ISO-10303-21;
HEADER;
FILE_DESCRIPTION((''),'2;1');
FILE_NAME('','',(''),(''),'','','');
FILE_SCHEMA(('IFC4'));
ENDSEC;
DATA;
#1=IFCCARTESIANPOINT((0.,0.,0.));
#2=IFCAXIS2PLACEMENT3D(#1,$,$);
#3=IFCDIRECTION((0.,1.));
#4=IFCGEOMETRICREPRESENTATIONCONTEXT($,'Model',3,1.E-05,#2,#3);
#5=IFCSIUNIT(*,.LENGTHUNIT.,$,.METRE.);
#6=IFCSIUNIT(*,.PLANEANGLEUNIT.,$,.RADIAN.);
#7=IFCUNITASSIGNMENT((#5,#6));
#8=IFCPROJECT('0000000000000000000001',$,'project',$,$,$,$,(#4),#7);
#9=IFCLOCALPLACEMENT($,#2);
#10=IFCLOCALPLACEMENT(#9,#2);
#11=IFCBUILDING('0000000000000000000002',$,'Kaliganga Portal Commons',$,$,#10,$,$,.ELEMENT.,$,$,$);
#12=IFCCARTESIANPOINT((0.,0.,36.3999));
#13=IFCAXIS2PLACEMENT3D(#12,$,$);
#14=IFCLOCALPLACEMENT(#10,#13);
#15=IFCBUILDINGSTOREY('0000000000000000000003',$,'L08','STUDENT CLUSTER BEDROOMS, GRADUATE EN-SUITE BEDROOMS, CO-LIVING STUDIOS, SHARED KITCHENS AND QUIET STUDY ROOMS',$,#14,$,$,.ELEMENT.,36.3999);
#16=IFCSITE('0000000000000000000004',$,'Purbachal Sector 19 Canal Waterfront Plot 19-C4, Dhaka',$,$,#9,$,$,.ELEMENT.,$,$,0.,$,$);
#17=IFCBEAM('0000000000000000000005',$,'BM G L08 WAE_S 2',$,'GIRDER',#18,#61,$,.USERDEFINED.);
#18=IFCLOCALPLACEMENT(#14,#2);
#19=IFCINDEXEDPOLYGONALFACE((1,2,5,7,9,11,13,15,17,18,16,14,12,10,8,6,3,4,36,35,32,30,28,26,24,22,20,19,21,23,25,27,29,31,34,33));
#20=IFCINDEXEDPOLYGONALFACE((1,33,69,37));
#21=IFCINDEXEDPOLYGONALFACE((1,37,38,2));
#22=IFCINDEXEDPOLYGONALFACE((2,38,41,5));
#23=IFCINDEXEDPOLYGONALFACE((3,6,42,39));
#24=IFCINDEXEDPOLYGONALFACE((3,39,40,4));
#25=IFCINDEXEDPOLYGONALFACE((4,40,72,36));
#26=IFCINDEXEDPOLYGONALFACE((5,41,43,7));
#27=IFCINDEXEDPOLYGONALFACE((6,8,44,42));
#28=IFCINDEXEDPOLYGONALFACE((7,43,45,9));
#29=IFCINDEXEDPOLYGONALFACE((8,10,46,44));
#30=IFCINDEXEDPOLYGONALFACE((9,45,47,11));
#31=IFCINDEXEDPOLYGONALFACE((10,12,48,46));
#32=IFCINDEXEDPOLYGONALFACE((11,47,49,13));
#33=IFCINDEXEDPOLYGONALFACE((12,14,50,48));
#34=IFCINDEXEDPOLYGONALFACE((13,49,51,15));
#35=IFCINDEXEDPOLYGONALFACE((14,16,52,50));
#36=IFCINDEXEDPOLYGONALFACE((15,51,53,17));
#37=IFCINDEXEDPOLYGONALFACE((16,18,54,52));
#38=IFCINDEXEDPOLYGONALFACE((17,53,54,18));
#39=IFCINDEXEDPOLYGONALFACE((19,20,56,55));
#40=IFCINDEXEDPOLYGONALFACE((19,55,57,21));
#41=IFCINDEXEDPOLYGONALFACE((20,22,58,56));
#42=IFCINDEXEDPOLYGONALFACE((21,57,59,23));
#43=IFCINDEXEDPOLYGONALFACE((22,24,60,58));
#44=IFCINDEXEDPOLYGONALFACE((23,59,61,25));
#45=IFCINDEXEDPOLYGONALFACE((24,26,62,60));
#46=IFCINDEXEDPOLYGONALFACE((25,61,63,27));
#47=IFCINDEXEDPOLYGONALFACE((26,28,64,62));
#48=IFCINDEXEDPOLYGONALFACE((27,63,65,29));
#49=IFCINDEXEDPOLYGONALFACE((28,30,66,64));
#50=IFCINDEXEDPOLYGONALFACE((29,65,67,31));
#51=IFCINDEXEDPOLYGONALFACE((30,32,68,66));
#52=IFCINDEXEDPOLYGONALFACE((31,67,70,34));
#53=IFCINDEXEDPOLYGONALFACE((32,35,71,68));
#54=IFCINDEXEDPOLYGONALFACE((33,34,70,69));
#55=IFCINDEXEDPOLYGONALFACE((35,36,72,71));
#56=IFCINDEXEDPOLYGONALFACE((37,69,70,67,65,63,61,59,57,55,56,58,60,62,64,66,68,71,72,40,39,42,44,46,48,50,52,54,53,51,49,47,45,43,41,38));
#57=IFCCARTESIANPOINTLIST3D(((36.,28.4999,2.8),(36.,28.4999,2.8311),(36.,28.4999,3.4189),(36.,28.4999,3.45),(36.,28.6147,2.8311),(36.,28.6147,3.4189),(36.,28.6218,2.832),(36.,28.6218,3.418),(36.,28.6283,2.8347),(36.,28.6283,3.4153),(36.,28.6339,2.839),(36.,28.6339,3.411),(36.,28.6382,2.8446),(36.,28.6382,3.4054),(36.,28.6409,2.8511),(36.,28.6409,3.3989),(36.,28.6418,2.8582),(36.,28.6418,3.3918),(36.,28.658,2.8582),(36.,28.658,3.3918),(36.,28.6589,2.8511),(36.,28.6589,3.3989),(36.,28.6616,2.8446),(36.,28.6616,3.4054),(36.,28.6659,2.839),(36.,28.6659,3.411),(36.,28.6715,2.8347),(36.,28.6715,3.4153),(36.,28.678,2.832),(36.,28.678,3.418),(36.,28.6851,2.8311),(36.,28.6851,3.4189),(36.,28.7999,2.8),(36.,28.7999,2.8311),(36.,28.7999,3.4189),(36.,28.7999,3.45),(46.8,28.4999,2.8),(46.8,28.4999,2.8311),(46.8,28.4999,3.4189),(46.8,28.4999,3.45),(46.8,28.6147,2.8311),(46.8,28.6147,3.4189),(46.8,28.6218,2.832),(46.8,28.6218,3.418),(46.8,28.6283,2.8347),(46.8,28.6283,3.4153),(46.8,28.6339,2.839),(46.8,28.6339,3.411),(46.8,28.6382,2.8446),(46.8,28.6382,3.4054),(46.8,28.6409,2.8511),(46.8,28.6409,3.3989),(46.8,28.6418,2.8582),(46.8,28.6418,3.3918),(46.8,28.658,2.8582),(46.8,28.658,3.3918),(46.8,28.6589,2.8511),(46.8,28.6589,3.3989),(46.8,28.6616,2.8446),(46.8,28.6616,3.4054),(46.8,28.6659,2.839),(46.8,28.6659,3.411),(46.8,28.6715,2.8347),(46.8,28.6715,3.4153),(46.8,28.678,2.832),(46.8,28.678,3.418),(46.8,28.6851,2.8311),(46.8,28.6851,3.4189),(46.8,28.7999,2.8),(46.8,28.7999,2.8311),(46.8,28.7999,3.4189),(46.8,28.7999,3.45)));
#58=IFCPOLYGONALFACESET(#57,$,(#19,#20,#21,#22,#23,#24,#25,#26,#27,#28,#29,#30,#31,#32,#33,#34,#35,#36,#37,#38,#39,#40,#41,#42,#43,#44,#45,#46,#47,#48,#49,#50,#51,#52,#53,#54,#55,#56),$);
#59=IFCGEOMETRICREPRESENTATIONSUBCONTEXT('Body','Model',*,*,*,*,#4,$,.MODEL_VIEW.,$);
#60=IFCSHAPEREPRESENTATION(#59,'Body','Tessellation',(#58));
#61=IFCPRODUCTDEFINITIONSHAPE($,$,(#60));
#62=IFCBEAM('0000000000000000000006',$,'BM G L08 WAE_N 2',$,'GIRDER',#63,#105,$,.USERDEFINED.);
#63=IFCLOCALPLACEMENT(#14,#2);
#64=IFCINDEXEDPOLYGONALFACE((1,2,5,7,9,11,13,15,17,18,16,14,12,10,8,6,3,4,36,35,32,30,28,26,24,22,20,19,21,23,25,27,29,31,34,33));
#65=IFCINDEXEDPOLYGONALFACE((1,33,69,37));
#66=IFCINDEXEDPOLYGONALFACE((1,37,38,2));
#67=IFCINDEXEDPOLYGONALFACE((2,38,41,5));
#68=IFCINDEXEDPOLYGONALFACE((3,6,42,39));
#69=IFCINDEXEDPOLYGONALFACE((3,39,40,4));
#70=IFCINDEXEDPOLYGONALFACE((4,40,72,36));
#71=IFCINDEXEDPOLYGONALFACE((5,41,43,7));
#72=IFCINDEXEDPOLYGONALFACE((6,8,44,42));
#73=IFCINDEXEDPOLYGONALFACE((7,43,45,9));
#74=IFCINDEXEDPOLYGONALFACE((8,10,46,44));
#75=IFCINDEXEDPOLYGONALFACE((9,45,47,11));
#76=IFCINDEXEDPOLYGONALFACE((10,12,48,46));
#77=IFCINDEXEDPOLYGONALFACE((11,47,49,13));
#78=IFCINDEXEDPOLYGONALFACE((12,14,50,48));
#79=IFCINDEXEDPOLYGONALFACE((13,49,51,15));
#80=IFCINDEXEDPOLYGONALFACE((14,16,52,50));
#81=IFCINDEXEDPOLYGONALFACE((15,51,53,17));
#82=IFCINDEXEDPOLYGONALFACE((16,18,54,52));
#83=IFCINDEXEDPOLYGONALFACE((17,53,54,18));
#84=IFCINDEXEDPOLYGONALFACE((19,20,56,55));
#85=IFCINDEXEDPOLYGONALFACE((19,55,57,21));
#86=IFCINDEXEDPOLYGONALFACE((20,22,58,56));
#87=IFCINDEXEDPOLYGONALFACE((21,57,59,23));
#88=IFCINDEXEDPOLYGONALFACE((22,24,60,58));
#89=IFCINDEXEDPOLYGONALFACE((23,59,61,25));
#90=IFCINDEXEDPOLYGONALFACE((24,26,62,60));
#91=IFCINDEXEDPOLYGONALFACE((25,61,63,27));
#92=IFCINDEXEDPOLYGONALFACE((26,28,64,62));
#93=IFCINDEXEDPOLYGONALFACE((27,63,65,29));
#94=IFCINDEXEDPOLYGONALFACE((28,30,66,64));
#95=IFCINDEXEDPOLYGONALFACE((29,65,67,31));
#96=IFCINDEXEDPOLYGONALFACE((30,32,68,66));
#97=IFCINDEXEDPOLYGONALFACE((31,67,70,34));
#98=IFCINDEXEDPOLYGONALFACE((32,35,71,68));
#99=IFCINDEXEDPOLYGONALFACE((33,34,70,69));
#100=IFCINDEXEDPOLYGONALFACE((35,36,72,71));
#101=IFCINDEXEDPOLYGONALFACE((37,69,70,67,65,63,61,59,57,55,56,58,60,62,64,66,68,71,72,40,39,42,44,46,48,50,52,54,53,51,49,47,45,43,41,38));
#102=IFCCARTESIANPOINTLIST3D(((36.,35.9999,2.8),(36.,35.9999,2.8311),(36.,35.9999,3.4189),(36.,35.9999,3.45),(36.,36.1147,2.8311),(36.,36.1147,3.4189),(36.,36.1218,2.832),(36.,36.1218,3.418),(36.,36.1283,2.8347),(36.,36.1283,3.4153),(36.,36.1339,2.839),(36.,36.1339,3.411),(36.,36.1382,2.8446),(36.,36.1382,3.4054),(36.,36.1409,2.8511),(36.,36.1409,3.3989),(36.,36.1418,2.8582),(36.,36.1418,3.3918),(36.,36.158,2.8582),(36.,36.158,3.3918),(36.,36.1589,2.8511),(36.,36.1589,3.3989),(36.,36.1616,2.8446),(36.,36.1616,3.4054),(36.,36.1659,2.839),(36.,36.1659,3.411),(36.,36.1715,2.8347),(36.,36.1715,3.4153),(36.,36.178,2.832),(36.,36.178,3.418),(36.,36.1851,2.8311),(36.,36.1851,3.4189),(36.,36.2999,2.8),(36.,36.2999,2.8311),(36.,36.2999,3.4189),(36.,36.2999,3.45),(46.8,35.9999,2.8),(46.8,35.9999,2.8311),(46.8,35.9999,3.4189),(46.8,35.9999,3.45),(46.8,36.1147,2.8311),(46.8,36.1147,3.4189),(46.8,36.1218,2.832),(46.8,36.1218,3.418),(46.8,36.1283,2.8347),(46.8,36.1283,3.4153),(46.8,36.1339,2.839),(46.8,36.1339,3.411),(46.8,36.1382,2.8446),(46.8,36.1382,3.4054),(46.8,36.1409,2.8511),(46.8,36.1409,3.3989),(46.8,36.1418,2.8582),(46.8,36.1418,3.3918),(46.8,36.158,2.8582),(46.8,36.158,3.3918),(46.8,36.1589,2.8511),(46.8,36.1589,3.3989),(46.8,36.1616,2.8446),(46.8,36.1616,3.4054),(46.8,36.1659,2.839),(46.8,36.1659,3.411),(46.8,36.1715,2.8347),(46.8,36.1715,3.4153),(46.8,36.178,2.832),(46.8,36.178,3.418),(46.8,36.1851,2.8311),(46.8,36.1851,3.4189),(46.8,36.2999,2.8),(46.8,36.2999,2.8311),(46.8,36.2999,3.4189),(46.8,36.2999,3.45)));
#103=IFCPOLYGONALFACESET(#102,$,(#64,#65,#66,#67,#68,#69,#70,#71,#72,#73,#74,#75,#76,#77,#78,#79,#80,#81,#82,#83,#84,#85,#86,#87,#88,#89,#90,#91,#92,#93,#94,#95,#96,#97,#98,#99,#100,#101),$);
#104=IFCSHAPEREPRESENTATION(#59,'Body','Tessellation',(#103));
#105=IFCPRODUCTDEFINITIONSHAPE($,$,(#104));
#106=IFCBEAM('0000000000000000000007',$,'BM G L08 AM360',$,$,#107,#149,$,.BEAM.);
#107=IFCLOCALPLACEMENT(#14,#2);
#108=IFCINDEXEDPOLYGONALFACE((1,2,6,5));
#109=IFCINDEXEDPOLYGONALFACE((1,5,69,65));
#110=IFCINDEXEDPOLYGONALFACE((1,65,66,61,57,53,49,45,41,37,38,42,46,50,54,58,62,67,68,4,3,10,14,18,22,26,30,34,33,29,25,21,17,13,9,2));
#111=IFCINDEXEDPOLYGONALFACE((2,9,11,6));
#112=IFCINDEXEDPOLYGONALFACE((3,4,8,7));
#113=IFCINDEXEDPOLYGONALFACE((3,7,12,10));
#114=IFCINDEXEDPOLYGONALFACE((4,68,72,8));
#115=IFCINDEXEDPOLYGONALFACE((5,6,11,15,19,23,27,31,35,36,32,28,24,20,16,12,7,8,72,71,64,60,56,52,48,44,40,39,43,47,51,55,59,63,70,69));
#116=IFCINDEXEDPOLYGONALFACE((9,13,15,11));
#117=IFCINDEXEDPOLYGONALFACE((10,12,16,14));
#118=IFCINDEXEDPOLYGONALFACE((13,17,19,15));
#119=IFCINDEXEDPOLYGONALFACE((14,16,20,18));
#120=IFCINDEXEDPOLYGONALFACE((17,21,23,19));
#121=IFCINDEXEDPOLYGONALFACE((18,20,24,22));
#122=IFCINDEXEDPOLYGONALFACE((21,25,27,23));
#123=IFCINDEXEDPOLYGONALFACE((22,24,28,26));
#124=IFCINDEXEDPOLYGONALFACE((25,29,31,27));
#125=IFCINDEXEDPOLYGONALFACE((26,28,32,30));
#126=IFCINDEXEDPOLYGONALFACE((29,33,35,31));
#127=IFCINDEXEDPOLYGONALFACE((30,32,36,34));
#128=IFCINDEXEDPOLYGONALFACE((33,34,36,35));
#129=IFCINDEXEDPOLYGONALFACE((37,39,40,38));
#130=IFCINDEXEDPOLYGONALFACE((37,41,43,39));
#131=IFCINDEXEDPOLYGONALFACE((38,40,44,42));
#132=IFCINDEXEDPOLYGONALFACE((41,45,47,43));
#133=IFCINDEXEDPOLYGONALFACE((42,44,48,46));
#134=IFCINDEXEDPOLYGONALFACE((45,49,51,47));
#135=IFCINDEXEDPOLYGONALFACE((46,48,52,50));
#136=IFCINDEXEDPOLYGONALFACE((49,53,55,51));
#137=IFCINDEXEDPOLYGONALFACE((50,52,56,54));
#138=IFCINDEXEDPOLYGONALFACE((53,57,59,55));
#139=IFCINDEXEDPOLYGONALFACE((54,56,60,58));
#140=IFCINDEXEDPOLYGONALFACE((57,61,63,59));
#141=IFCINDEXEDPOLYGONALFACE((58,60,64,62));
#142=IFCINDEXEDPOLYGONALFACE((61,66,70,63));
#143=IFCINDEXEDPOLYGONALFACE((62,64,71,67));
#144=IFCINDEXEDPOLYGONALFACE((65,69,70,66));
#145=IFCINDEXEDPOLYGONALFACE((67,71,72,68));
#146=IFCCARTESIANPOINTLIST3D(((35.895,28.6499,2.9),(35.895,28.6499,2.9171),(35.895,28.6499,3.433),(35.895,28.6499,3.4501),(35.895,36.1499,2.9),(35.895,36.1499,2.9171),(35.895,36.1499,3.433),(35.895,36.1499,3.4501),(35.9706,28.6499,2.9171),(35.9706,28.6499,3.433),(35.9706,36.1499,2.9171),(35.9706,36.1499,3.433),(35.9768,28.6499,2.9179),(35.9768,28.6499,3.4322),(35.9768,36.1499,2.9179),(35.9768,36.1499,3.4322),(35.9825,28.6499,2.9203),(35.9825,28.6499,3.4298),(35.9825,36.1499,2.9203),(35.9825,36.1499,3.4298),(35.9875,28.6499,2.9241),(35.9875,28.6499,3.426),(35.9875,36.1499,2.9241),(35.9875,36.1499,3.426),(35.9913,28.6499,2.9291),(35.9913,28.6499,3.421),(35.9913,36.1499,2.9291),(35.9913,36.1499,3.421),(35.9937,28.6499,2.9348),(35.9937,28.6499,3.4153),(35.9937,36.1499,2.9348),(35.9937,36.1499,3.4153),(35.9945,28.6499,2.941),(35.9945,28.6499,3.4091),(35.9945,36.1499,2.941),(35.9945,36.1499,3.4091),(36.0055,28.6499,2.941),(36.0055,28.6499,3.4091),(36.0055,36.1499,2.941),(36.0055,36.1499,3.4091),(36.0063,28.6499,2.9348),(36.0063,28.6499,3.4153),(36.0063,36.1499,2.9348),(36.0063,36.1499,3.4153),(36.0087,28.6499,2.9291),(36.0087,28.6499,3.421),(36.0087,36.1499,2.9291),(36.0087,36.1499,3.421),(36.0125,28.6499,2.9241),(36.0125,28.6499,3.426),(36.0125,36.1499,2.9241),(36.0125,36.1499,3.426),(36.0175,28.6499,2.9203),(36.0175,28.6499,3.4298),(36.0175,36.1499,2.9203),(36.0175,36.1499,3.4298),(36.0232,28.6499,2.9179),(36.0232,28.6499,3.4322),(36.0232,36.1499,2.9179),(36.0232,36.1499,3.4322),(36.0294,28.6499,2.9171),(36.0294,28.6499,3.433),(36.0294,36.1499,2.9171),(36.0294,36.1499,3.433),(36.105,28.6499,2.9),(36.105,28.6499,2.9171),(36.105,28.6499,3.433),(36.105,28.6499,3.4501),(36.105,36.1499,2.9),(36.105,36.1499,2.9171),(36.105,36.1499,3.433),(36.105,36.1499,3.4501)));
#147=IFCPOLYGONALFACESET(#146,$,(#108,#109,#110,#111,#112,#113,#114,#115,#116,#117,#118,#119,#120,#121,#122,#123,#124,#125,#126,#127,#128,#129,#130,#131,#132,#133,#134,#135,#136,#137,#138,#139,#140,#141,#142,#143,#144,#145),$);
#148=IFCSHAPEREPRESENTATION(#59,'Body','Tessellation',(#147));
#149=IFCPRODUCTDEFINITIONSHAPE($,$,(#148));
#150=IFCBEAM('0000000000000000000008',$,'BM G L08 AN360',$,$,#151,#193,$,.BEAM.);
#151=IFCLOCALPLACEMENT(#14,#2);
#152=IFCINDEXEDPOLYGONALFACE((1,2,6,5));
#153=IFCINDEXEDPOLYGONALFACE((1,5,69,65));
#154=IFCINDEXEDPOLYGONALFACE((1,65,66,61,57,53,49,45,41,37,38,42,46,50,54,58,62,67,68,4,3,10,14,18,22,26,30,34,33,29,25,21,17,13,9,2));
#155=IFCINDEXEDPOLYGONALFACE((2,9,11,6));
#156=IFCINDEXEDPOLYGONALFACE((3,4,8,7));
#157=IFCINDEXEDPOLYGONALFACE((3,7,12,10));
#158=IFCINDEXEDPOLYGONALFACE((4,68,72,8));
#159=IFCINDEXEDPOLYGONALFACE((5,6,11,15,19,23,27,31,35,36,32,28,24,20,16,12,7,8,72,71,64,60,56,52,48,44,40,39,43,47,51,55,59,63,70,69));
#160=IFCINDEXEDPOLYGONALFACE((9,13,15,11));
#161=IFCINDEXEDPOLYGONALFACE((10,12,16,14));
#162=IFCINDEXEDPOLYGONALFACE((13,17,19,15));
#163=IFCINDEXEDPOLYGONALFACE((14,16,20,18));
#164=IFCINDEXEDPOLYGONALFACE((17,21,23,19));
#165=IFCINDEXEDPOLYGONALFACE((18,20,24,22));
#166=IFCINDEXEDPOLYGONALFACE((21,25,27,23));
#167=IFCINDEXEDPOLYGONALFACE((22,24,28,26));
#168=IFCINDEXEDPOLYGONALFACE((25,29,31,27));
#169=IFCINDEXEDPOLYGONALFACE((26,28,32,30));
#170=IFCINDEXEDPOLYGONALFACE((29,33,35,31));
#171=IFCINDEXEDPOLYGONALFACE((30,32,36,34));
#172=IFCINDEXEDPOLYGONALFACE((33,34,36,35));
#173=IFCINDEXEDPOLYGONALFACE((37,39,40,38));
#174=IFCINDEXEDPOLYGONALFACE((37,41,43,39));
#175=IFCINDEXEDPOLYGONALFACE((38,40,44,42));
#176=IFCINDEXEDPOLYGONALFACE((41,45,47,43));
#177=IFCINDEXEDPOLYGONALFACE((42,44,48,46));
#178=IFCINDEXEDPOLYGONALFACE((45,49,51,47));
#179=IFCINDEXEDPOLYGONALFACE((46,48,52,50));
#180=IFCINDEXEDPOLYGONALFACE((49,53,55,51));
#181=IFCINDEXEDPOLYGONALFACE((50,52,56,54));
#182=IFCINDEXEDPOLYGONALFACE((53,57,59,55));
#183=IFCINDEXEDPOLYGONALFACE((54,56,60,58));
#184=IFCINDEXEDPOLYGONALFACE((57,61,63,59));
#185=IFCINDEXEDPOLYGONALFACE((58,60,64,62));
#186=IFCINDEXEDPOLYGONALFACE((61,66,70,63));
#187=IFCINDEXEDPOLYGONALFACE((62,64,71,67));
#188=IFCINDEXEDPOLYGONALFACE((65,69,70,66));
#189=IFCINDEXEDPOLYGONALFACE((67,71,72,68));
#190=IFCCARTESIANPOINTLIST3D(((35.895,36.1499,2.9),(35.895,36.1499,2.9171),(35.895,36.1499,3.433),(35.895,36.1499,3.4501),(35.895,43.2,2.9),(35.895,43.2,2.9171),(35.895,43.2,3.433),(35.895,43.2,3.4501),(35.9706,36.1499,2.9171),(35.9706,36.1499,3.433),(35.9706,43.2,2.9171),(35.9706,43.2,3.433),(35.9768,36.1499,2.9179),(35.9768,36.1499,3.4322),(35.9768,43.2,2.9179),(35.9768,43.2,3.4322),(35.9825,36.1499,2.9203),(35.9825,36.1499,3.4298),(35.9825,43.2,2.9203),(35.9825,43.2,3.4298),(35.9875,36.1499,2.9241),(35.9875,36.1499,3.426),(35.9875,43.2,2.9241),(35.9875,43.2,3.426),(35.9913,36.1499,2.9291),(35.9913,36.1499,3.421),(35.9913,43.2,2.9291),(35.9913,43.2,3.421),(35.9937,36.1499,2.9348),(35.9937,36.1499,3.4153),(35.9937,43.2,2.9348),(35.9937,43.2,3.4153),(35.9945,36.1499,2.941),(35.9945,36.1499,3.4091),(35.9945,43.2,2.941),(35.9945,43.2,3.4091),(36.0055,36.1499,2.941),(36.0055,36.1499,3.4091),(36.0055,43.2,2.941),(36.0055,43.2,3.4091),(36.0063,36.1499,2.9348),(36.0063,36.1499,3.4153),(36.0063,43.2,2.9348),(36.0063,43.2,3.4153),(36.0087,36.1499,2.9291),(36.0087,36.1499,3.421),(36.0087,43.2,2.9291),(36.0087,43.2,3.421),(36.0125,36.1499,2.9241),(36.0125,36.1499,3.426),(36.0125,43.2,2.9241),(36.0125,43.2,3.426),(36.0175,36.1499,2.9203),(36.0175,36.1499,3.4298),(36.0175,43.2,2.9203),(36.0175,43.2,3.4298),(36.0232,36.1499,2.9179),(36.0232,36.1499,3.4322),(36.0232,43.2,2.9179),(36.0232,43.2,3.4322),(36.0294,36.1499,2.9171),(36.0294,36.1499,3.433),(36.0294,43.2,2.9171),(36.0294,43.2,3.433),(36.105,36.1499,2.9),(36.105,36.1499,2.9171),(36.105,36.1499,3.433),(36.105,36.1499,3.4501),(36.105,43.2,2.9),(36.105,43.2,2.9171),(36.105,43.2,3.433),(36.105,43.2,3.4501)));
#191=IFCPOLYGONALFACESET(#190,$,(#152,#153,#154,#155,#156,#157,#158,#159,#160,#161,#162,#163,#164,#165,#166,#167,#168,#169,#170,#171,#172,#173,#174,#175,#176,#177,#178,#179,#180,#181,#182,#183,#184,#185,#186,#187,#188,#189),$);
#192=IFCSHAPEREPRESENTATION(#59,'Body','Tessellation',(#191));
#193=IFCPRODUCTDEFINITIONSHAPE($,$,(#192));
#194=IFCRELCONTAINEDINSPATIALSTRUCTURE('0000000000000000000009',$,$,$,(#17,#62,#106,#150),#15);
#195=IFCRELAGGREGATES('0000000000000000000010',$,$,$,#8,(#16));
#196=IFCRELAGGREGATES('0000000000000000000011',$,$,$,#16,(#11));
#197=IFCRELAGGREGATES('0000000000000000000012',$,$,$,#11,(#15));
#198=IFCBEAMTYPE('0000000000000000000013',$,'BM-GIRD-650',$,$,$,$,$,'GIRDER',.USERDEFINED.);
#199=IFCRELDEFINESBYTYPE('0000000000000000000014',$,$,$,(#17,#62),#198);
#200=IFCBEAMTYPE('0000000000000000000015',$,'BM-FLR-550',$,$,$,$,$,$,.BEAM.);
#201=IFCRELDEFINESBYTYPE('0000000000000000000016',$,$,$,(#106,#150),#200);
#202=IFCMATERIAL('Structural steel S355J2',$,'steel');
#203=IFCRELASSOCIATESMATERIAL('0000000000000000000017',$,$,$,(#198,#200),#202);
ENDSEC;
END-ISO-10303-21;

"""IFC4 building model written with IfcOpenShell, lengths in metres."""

from ifc_helpers import new_model, si_unit, direction, frame, origin, origin_2d, place, context, subcontext, project, spatial, i_section, extrude, source, transform, mapped, material, material_profile, profile_set, type_object, element, save


model = new_model("IFC4")

# Units and contexts
model_context = context("Model", 3, precision=1e-05, world=origin(), true_north=direction((0.0, 1.0)))
body_context = subcontext(model_context, "Body", "Model", "MODEL_VIEW")
ifc_project = project(units=[si_unit("LENGTHUNIT", "METRE"), si_unit("PLANEANGLEUNIT", "RADIAN")], contexts=[model_context])

# Site, building, storey
site_placement = place(None, origin())
site = spatial("IfcSite", under=ifc_project, at=site_placement, Name="Purbachal Sector 19 Canal Waterfront Plot 19-C4, Dhaka", CompositionType="ELEMENT", RefElevation=0.0)
building_placement = place(site_placement, origin())
building = spatial("IfcBuilding", under=site, at=building_placement, Name="Kaliganga Portal Commons", CompositionType="ELEMENT")
storey_placement = place(building_placement, frame((0.0, 0.0, 36.3999)))
storey = spatial("IfcBuildingStorey", under=building, at=storey_placement, Name="L08", Description="STUDENT CLUSTER BEDROOMS, GRADUATE EN-SUITE BEDROOMS, CO-LIVING STUDIOS, SHARED KITCHENS AND QUIET STUDY ROOMS", CompositionType="ELEMENT", Elevation=36.3999)

# Beams
ifc_material_1 = material(Name="Structural steel S355J2", Category="steel")
ifc_material_profile_1 = material_profile(ifc_material_1, i_section(OverallWidth=0.3, OverallDepth=0.6499, WebThickness=0.0161, FlangeThickness=0.031, FilletRadius=0.0271, at=origin_2d()), Name="HE 650 B")
ifc_profile_set_1 = profile_set([ifc_material_profile_1], Name="Structural steel S355J2 wide-flange")
beam_type_1 = type_object("IfcBeamType", Name="BM-GIRD-650", ElementType="GIRDER", PredefinedType="USERDEFINED", material=ifc_profile_set_1)
shared_shape_1 = source(origin(), body_context, "Body", "SweptSolid", [
    extrude(i_section(OverallWidth=0.3, OverallDepth=0.6499, WebThickness=0.0161, FlangeThickness=0.031, FilletRadius=0.0271, at=origin_2d()), origin(), (0.0, 0.0, 1.0), 10.8),
])
for number, where, z_axis, x_axis, name in (
    (1, (36.0, 28.6499, 3.125), (1.0, 0.0, 0.0), (0.0, 1.0, 0.0), "BM G L08 WAE_S 2"),
    (2, (36.0, 36.1499, 3.125), (1.0, 0.0, 0.0), (0.0, 1.0, 0.0), "BM G L08 WAE_N 2"),
):
    element("IfcBeam", number, at=place(storey_placement, frame(where, z_axis=z_axis, x_axis=x_axis)), inside=storey, type_object=beam_type_1, Name=name, ObjectType="GIRDER", PredefinedType="USERDEFINED", context=body_context, shape_type="MappedRepresentation", body=[
        mapped(shared_shape_1, transform((0.0, 0.0, 0.0), x_axis=(1.0, 0.0, 0.0), y_axis=(0.0, 1.0, 0.0), z_axis=(0.0, 0.0, 1.0), scale=1.0)),
    ])
ifc_material_profile_2 = material_profile(ifc_material_1, i_section(OverallWidth=0.21, OverallDepth=0.55, WebThickness=0.011, FlangeThickness=0.0171, FilletRadius=0.0239, at=origin_2d()), Name="IPE 550")
ifc_profile_set_2 = profile_set([ifc_material_profile_2], Name="Structural steel S355J2 wide-flange")
beam_type_2 = type_object("IfcBeamType", Name="BM-FLR-550", PredefinedType="BEAM", material=ifc_profile_set_2)
shared_shape_2 = source(origin(), body_context, "Body", "SweptSolid", [
    extrude(i_section(OverallWidth=0.21, OverallDepth=0.55, WebThickness=0.011, FlangeThickness=0.0171, FilletRadius=0.0239, at=origin_2d()), origin(), (0.0, 0.0, 1.0), 7.5),
])
beam_1_placement = place(storey_placement, frame((36.0, 28.6499, 3.175), z_axis=(0.0, 1.0, 0.0), x_axis=(-1.0, 0.0, 0.0)))
element("IfcBeam", 3, at=beam_1_placement, inside=storey, type_object=beam_type_2, Name="BM G L08 AM360", PredefinedType="BEAM", context=body_context, shape_type="MappedRepresentation", body=[
    mapped(shared_shape_2, transform((0.0, 0.0, 0.0), x_axis=(1.0, 0.0, 0.0), y_axis=(0.0, 1.0, 0.0), z_axis=(0.0, 0.0, 1.0), scale=1.0)),
])
shared_shape_3 = source(origin(), body_context, "Body", "SweptSolid", [
    extrude(i_section(OverallWidth=0.21, OverallDepth=0.55, WebThickness=0.011, FlangeThickness=0.0171, FilletRadius=0.0239, at=origin_2d()), origin(), (0.0, 0.0, 1.0), 7.05),
])
beam_2_placement = place(storey_placement, frame((36.0, 36.1499, 3.175), z_axis=(0.0, 1.0, 0.0), x_axis=(-1.0, 0.0, 0.0)))
element("IfcBeam", 4, at=beam_2_placement, inside=storey, type_object=beam_type_2, Name="BM G L08 AN360", PredefinedType="BEAM", context=body_context, shape_type="MappedRepresentation", body=[
    mapped(shared_shape_3, transform((0.0, 0.0, 0.0), x_axis=(1.0, 0.0, 0.0), y_axis=(0.0, 1.0, 0.0), z_axis=(0.0, 0.0, 1.0), scale=1.0)),
])

save(model, "model.ifc")
